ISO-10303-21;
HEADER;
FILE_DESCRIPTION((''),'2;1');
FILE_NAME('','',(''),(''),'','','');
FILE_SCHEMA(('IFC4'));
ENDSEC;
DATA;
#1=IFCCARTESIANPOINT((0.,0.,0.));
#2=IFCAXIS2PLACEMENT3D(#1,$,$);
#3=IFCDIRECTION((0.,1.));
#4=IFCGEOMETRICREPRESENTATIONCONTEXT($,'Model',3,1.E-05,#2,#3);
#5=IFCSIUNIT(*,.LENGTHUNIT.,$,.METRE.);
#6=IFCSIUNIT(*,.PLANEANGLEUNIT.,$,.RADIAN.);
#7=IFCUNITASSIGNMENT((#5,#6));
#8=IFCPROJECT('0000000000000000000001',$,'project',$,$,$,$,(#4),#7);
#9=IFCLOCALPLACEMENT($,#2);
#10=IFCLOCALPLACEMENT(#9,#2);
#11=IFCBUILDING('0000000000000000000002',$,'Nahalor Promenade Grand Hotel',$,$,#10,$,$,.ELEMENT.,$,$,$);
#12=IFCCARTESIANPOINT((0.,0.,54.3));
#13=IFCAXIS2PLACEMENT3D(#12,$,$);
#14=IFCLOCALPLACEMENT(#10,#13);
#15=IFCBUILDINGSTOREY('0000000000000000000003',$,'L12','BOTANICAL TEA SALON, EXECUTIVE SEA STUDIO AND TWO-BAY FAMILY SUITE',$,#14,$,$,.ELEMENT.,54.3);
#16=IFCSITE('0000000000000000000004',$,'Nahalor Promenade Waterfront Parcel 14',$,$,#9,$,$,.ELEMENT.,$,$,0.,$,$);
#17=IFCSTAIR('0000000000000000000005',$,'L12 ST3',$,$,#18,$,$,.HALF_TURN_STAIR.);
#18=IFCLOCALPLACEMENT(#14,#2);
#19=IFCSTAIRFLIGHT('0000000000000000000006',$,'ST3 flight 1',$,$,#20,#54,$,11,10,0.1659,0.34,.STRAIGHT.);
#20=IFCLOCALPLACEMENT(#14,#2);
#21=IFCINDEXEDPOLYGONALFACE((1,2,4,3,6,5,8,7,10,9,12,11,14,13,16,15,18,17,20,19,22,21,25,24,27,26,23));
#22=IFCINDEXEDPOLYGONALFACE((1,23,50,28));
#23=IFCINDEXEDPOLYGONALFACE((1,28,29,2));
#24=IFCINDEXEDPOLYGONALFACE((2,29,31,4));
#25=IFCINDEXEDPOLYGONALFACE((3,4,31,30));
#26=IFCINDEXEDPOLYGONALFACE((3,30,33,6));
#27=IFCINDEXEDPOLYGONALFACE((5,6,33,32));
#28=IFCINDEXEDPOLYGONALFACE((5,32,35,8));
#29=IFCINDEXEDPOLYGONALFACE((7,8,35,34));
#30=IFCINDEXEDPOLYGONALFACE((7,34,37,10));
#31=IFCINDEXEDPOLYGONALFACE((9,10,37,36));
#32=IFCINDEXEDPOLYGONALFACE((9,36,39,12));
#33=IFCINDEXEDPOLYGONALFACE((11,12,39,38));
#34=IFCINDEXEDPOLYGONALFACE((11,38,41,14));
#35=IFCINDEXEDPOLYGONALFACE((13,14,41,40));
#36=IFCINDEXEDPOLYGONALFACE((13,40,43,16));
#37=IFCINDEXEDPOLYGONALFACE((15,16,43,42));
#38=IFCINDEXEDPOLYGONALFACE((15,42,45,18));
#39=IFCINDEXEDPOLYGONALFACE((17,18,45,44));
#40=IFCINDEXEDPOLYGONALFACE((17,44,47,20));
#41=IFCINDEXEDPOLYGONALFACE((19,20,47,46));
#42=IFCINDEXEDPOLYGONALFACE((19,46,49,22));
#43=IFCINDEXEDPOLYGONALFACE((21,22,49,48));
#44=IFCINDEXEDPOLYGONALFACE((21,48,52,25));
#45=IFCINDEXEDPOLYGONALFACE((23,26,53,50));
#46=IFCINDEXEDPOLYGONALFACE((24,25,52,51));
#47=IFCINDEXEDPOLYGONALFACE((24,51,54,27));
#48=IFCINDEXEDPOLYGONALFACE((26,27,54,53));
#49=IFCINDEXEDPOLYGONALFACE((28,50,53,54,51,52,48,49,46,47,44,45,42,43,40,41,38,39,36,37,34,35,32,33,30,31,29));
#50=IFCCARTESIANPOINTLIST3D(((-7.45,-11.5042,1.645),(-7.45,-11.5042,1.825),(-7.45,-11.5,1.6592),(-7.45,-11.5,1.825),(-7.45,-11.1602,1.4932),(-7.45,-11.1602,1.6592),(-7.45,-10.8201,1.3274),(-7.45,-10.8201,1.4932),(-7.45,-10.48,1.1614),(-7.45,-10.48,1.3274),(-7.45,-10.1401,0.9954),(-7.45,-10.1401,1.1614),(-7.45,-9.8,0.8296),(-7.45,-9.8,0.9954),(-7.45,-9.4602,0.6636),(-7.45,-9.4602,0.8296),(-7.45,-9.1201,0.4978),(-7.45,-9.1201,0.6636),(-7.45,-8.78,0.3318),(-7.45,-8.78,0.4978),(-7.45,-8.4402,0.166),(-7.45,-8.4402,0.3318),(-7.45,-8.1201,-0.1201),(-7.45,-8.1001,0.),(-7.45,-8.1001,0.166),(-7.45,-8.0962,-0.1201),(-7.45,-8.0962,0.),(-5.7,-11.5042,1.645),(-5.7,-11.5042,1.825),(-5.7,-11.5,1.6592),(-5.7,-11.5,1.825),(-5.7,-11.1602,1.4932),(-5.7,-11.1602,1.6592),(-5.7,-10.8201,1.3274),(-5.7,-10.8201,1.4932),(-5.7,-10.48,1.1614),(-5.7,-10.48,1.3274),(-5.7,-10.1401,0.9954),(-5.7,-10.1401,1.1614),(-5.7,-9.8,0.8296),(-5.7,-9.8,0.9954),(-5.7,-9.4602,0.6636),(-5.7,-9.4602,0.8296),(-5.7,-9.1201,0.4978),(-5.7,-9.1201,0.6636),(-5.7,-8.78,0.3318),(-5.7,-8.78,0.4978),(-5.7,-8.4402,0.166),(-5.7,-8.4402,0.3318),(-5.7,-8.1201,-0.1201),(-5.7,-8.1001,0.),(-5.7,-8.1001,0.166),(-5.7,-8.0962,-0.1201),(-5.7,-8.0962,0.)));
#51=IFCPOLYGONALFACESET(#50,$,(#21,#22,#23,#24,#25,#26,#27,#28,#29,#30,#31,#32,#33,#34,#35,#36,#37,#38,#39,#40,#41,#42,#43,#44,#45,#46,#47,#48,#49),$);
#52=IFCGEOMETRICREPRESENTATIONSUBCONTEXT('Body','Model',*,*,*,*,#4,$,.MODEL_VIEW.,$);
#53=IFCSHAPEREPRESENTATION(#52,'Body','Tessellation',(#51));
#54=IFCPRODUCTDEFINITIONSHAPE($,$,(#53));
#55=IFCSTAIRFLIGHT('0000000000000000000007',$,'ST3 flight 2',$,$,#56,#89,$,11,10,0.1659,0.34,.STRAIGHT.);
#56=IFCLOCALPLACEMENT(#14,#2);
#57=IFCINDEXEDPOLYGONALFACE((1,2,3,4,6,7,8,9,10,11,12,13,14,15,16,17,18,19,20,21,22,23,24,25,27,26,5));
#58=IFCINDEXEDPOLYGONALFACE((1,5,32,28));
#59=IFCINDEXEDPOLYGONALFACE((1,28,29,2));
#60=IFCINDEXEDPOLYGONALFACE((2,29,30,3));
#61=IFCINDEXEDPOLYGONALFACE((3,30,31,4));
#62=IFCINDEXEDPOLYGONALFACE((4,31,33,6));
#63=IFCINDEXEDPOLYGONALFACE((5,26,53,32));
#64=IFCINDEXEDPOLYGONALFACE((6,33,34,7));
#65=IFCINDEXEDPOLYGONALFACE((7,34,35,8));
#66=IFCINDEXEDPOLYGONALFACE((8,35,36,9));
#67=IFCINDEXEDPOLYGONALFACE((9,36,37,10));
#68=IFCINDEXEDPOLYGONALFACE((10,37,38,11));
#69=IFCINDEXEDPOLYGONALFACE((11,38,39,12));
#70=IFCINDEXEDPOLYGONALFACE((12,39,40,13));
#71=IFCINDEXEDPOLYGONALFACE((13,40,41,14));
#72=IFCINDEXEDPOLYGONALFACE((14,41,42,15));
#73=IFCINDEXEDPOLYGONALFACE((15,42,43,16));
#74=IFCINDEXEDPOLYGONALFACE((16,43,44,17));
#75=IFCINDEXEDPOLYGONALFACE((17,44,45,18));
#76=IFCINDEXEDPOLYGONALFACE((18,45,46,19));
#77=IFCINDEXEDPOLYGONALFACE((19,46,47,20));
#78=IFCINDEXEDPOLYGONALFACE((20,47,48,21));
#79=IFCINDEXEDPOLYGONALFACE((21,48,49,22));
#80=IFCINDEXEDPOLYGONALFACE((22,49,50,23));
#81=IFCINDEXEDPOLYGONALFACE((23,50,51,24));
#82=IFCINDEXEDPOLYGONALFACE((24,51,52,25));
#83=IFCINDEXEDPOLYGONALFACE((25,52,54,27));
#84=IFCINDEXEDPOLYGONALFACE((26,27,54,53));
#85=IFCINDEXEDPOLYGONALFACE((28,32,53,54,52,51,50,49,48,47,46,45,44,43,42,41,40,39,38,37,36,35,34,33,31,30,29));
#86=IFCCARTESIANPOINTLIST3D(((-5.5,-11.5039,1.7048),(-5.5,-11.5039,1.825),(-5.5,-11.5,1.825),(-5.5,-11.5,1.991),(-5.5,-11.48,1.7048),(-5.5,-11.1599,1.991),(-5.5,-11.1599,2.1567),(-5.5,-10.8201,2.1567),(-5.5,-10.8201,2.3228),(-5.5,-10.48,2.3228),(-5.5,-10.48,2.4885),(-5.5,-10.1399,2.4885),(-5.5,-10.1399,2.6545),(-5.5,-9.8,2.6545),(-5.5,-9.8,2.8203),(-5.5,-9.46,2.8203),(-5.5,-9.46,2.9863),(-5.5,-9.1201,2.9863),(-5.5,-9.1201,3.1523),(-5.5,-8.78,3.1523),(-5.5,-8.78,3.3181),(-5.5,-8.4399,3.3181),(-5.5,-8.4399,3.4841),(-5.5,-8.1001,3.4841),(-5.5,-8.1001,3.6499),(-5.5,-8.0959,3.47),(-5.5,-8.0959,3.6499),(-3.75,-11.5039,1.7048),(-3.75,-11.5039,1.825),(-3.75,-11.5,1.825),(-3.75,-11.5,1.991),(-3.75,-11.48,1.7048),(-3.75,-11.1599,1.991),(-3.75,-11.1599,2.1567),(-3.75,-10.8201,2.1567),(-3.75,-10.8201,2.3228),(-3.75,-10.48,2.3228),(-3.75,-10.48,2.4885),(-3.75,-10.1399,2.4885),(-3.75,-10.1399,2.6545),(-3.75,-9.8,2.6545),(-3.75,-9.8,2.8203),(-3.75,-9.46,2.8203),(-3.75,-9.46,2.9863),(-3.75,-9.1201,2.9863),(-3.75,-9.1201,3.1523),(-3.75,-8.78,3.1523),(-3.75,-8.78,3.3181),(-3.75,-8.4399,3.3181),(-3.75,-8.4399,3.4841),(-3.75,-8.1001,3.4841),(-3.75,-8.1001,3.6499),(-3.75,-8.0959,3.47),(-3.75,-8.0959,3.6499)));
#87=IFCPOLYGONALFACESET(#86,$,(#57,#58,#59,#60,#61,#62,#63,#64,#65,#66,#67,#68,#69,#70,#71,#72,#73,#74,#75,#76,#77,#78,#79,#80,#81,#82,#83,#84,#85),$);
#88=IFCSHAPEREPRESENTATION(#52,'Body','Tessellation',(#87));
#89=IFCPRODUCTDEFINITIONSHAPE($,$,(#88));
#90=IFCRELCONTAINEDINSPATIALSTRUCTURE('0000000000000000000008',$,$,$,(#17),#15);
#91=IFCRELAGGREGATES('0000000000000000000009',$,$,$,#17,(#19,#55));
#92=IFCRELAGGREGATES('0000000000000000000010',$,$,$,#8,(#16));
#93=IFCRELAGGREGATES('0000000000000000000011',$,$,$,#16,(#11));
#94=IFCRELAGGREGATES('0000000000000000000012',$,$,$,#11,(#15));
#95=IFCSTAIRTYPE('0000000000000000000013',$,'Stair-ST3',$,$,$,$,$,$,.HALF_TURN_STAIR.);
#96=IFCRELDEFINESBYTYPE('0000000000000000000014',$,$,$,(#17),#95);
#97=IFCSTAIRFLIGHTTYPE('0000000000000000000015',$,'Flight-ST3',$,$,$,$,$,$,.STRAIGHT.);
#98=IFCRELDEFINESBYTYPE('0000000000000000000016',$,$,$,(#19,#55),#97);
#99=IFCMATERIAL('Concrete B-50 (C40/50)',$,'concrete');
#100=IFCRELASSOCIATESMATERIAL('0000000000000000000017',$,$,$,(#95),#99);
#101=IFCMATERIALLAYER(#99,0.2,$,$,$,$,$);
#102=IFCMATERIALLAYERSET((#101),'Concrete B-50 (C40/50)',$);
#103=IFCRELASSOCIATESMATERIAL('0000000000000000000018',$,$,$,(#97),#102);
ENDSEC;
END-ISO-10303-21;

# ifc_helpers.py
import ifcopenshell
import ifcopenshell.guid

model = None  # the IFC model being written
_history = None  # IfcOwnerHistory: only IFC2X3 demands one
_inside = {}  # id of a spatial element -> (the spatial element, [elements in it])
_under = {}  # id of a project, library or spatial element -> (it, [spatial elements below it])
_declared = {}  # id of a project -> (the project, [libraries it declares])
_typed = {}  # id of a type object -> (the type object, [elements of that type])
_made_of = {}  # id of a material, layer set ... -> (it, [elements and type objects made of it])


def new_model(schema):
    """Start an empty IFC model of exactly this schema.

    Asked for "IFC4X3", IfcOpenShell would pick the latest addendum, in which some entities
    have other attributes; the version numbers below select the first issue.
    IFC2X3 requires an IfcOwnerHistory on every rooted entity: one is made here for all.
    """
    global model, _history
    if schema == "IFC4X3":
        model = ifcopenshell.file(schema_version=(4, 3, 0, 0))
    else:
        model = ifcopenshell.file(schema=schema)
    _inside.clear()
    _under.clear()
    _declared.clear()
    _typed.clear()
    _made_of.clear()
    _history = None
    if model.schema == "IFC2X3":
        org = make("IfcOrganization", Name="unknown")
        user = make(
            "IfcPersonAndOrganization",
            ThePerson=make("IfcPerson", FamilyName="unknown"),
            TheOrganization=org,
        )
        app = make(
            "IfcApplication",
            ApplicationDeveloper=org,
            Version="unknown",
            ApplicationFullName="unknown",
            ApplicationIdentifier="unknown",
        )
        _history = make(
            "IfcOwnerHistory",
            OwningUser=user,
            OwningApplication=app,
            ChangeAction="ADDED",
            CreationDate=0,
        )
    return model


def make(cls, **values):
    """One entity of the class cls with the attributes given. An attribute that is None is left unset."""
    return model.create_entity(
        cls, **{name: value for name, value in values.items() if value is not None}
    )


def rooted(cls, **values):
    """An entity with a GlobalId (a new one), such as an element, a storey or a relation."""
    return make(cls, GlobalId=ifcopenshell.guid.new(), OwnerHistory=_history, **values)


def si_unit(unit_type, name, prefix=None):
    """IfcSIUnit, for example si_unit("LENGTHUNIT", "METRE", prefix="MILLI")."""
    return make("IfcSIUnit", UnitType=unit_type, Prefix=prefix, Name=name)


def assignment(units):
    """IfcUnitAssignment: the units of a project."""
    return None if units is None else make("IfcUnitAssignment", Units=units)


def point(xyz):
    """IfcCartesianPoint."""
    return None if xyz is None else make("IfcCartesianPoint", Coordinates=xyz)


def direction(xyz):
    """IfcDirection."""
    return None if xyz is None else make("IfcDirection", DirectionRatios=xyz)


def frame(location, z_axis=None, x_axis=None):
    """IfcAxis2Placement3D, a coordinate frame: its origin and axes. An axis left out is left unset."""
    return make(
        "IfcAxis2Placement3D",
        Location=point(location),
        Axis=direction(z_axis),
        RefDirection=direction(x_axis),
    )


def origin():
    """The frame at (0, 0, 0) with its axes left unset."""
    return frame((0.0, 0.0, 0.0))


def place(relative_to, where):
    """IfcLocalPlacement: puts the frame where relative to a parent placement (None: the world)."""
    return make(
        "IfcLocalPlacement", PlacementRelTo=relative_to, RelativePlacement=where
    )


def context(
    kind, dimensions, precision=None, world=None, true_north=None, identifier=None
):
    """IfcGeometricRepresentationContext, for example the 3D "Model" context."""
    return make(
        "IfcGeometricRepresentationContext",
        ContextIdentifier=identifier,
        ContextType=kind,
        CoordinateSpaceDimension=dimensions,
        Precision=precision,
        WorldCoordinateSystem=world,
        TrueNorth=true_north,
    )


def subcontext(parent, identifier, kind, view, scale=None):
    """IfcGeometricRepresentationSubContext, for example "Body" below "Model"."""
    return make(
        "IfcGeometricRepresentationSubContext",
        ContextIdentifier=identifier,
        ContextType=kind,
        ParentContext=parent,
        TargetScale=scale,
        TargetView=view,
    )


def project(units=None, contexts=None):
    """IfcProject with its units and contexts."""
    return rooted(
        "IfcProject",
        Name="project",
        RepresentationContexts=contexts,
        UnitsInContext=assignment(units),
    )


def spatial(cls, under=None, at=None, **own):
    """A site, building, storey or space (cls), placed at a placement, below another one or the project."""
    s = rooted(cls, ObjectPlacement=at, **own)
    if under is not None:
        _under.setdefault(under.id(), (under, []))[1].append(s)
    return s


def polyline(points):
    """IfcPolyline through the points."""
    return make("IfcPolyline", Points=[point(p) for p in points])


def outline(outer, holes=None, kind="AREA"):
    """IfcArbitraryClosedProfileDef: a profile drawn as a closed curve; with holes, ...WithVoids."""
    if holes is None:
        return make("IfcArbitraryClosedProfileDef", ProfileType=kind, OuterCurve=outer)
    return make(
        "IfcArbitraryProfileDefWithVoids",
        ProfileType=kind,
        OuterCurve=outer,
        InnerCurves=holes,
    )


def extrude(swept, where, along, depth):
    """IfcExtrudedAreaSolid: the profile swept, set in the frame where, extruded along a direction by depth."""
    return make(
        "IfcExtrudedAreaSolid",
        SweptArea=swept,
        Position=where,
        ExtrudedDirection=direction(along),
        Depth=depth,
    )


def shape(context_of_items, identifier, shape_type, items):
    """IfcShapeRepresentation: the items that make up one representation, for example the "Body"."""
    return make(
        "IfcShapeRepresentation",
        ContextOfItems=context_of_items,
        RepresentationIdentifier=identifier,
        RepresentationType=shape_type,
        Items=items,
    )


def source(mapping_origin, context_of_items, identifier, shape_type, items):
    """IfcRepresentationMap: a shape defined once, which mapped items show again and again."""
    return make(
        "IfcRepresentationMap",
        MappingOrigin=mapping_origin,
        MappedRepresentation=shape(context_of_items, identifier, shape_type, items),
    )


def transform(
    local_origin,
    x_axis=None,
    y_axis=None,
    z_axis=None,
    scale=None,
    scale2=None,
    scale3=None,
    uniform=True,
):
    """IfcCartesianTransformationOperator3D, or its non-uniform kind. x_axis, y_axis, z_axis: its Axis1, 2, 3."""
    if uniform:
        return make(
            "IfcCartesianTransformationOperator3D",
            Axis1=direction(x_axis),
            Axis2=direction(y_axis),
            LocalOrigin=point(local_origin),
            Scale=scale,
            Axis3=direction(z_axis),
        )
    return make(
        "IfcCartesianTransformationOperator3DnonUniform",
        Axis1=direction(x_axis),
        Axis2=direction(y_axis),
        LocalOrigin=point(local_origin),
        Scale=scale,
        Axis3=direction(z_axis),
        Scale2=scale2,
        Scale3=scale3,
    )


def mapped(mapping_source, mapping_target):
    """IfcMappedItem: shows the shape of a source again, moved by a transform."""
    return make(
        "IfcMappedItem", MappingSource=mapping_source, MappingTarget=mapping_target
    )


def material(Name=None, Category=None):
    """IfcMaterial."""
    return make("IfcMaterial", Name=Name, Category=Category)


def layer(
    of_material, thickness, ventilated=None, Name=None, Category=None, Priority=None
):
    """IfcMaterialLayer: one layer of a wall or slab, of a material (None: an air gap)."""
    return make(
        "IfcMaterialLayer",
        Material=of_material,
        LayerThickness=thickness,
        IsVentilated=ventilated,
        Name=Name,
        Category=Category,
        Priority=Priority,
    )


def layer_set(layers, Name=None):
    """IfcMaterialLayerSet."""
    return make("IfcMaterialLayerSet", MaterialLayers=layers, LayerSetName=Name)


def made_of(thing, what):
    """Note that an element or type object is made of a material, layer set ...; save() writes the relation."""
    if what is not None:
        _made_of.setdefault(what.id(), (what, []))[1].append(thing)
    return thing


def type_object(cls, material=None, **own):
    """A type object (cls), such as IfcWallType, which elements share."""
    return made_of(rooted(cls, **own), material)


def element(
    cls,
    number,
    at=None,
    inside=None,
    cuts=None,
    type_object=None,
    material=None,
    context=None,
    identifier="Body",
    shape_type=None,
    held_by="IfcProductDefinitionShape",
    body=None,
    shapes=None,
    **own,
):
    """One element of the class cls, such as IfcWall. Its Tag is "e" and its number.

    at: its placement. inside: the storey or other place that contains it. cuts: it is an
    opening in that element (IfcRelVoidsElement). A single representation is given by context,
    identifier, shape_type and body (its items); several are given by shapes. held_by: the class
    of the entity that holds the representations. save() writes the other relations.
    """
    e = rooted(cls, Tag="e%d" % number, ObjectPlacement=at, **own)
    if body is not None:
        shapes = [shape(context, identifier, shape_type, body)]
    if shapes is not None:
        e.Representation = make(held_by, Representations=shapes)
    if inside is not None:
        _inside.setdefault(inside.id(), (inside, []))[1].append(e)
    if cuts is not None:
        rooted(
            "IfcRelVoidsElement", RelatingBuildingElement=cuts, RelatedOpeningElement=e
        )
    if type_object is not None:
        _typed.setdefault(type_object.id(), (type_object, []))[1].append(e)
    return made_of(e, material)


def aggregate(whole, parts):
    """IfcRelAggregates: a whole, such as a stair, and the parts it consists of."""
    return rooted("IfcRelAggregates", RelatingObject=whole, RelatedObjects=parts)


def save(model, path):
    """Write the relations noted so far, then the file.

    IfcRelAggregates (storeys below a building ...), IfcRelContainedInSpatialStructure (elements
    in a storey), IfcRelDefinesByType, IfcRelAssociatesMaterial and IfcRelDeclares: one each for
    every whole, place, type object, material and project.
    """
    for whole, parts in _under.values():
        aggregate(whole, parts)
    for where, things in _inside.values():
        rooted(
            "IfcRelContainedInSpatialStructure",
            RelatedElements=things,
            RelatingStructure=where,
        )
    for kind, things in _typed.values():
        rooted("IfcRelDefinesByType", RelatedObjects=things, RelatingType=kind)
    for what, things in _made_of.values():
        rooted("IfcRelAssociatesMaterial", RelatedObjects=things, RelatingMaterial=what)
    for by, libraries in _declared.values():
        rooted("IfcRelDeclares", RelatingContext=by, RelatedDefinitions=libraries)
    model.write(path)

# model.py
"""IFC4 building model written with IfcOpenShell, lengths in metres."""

from ifc_helpers import new_model, si_unit, direction, frame, origin, place, context, subcontext, project, spatial, polyline, outline, extrude, source, transform, mapped, material, layer, layer_set, type_object, element, aggregate, save


model = new_model("IFC4")

# Units and contexts
model_context = context("Model", 3, precision=1e-05, world=origin(), true_north=direction((0.0, 1.0)))
body_context = subcontext(model_context, "Body", "Model", "MODEL_VIEW")
ifc_project = project(units=[si_unit("LENGTHUNIT", "METRE"), si_unit("PLANEANGLEUNIT", "RADIAN")], contexts=[model_context])

# Site, building, storey
site_placement = place(None, origin())
site = spatial("IfcSite", under=ifc_project, at=site_placement, Name="Nahalor Promenade Waterfront Parcel 14", CompositionType="ELEMENT", RefElevation=0.0)
building_placement = place(site_placement, origin())
building = spatial("IfcBuilding", under=site, at=building_placement, Name="Nahalor Promenade Grand Hotel", CompositionType="ELEMENT")
storey_placement = place(building_placement, frame((0.0, 0.0, 54.3)))
storey = spatial("IfcBuildingStorey", under=building, at=storey_placement, Name="L12", Description="BOTANICAL TEA SALON, EXECUTIVE SEA STUDIO AND TWO-BAY FAMILY SUITE", CompositionType="ELEMENT", Elevation=54.3)

# Shared definitions
ifc_material_1 = material(Name="Concrete B-50 (C40/50)", Category="concrete")

# Stair, stair flights
stair_type = type_object("IfcStairType", Name="Stair-ST3", PredefinedType="HALF_TURN_STAIR", material=ifc_material_1)
stair_placement = place(storey_placement, origin())
stair = element("IfcStair", 1, at=stair_placement, inside=storey, type_object=stair_type, Name="L12 ST3", PredefinedType="HALF_TURN_STAIR")
ifc_layer_1 = layer(ifc_material_1, 0.2)
ifc_layer_set_1 = layer_set([ifc_layer_1], Name="Concrete B-50 (C40/50)")
stair_flight_type = type_object("IfcStairFlightType", Name="Flight-ST3", PredefinedType="STRAIGHT", material=ifc_layer_set_1)
shared_shape_1 = source(origin(), body_context, "Body", "SweptSolid", [
    extrude(outline(polyline([(-0.0039, -0.1201), (-0.0039, 0.0), (0.0, 0.0), (0.0, 0.166), (0.3401, 0.166), (0.3401, 0.3318), (0.6799, 0.3318), (0.6799, 0.4978), (1.02, 0.4978), (1.02, 0.6636), (1.3601, 0.6636), (1.3601, 0.8296), (1.7, 0.8296), (1.7, 0.9954), (2.04, 0.9954), (2.04, 1.1614), (2.3799, 1.1614), (2.3799, 1.3274), (2.72, 1.3274), (2.72, 1.4932), (3.0601, 1.4932), (3.0601, 1.6592), (3.3999, 1.6592), (3.3999, 1.825), (3.4041, 1.825), (3.4041, 1.645), (0.02, -0.1201), (-0.0039, -0.1201)])), frame((0.0, 0.875, 0.0), z_axis=(0.0, -1.0, 0.0), x_axis=(1.0, 0.0, 0.0)), (0.0, 0.0, 1.0), 1.75),
])
stair_flight_1_placement = place(storey_placement, frame((-6.575, -8.1001, 0.0), z_axis=(0.0, 0.0, 1.0), x_axis=(0.0, -1.0, 0.0)))
stair_flight_1 = element("IfcStairFlight", 2, at=stair_flight_1_placement, type_object=stair_flight_type, Name="ST3 flight 1", NumberOfRisers=11, NumberOfTreads=10, PredefinedType="STRAIGHT", RiserHeight=0.1659, TreadLength=0.34, context=body_context, shape_type="MappedRepresentation", body=[
    mapped(shared_shape_1, transform((0.0, 0.0, 0.0), scale=1.0)),
])
stair_flight_2_placement = place(storey_placement, frame((-4.625, -11.5, 1.825), z_axis=(0.0, 0.0, 1.0), x_axis=(0.0, 1.0, 0.0)))
stair_flight_2 = element("IfcStairFlight", 3, at=stair_flight_2_placement, type_object=stair_flight_type, Name="ST3 flight 2", NumberOfRisers=11, NumberOfTreads=10, PredefinedType="STRAIGHT", RiserHeight=0.1659, TreadLength=0.34, context=body_context, shape_type="MappedRepresentation", body=[
    mapped(shared_shape_1, transform((0.0, 0.0, 0.0), scale=1.0)),
])
aggregate(stair, [stair_flight_1, stair_flight_2])

save(model, "model.ifc")
